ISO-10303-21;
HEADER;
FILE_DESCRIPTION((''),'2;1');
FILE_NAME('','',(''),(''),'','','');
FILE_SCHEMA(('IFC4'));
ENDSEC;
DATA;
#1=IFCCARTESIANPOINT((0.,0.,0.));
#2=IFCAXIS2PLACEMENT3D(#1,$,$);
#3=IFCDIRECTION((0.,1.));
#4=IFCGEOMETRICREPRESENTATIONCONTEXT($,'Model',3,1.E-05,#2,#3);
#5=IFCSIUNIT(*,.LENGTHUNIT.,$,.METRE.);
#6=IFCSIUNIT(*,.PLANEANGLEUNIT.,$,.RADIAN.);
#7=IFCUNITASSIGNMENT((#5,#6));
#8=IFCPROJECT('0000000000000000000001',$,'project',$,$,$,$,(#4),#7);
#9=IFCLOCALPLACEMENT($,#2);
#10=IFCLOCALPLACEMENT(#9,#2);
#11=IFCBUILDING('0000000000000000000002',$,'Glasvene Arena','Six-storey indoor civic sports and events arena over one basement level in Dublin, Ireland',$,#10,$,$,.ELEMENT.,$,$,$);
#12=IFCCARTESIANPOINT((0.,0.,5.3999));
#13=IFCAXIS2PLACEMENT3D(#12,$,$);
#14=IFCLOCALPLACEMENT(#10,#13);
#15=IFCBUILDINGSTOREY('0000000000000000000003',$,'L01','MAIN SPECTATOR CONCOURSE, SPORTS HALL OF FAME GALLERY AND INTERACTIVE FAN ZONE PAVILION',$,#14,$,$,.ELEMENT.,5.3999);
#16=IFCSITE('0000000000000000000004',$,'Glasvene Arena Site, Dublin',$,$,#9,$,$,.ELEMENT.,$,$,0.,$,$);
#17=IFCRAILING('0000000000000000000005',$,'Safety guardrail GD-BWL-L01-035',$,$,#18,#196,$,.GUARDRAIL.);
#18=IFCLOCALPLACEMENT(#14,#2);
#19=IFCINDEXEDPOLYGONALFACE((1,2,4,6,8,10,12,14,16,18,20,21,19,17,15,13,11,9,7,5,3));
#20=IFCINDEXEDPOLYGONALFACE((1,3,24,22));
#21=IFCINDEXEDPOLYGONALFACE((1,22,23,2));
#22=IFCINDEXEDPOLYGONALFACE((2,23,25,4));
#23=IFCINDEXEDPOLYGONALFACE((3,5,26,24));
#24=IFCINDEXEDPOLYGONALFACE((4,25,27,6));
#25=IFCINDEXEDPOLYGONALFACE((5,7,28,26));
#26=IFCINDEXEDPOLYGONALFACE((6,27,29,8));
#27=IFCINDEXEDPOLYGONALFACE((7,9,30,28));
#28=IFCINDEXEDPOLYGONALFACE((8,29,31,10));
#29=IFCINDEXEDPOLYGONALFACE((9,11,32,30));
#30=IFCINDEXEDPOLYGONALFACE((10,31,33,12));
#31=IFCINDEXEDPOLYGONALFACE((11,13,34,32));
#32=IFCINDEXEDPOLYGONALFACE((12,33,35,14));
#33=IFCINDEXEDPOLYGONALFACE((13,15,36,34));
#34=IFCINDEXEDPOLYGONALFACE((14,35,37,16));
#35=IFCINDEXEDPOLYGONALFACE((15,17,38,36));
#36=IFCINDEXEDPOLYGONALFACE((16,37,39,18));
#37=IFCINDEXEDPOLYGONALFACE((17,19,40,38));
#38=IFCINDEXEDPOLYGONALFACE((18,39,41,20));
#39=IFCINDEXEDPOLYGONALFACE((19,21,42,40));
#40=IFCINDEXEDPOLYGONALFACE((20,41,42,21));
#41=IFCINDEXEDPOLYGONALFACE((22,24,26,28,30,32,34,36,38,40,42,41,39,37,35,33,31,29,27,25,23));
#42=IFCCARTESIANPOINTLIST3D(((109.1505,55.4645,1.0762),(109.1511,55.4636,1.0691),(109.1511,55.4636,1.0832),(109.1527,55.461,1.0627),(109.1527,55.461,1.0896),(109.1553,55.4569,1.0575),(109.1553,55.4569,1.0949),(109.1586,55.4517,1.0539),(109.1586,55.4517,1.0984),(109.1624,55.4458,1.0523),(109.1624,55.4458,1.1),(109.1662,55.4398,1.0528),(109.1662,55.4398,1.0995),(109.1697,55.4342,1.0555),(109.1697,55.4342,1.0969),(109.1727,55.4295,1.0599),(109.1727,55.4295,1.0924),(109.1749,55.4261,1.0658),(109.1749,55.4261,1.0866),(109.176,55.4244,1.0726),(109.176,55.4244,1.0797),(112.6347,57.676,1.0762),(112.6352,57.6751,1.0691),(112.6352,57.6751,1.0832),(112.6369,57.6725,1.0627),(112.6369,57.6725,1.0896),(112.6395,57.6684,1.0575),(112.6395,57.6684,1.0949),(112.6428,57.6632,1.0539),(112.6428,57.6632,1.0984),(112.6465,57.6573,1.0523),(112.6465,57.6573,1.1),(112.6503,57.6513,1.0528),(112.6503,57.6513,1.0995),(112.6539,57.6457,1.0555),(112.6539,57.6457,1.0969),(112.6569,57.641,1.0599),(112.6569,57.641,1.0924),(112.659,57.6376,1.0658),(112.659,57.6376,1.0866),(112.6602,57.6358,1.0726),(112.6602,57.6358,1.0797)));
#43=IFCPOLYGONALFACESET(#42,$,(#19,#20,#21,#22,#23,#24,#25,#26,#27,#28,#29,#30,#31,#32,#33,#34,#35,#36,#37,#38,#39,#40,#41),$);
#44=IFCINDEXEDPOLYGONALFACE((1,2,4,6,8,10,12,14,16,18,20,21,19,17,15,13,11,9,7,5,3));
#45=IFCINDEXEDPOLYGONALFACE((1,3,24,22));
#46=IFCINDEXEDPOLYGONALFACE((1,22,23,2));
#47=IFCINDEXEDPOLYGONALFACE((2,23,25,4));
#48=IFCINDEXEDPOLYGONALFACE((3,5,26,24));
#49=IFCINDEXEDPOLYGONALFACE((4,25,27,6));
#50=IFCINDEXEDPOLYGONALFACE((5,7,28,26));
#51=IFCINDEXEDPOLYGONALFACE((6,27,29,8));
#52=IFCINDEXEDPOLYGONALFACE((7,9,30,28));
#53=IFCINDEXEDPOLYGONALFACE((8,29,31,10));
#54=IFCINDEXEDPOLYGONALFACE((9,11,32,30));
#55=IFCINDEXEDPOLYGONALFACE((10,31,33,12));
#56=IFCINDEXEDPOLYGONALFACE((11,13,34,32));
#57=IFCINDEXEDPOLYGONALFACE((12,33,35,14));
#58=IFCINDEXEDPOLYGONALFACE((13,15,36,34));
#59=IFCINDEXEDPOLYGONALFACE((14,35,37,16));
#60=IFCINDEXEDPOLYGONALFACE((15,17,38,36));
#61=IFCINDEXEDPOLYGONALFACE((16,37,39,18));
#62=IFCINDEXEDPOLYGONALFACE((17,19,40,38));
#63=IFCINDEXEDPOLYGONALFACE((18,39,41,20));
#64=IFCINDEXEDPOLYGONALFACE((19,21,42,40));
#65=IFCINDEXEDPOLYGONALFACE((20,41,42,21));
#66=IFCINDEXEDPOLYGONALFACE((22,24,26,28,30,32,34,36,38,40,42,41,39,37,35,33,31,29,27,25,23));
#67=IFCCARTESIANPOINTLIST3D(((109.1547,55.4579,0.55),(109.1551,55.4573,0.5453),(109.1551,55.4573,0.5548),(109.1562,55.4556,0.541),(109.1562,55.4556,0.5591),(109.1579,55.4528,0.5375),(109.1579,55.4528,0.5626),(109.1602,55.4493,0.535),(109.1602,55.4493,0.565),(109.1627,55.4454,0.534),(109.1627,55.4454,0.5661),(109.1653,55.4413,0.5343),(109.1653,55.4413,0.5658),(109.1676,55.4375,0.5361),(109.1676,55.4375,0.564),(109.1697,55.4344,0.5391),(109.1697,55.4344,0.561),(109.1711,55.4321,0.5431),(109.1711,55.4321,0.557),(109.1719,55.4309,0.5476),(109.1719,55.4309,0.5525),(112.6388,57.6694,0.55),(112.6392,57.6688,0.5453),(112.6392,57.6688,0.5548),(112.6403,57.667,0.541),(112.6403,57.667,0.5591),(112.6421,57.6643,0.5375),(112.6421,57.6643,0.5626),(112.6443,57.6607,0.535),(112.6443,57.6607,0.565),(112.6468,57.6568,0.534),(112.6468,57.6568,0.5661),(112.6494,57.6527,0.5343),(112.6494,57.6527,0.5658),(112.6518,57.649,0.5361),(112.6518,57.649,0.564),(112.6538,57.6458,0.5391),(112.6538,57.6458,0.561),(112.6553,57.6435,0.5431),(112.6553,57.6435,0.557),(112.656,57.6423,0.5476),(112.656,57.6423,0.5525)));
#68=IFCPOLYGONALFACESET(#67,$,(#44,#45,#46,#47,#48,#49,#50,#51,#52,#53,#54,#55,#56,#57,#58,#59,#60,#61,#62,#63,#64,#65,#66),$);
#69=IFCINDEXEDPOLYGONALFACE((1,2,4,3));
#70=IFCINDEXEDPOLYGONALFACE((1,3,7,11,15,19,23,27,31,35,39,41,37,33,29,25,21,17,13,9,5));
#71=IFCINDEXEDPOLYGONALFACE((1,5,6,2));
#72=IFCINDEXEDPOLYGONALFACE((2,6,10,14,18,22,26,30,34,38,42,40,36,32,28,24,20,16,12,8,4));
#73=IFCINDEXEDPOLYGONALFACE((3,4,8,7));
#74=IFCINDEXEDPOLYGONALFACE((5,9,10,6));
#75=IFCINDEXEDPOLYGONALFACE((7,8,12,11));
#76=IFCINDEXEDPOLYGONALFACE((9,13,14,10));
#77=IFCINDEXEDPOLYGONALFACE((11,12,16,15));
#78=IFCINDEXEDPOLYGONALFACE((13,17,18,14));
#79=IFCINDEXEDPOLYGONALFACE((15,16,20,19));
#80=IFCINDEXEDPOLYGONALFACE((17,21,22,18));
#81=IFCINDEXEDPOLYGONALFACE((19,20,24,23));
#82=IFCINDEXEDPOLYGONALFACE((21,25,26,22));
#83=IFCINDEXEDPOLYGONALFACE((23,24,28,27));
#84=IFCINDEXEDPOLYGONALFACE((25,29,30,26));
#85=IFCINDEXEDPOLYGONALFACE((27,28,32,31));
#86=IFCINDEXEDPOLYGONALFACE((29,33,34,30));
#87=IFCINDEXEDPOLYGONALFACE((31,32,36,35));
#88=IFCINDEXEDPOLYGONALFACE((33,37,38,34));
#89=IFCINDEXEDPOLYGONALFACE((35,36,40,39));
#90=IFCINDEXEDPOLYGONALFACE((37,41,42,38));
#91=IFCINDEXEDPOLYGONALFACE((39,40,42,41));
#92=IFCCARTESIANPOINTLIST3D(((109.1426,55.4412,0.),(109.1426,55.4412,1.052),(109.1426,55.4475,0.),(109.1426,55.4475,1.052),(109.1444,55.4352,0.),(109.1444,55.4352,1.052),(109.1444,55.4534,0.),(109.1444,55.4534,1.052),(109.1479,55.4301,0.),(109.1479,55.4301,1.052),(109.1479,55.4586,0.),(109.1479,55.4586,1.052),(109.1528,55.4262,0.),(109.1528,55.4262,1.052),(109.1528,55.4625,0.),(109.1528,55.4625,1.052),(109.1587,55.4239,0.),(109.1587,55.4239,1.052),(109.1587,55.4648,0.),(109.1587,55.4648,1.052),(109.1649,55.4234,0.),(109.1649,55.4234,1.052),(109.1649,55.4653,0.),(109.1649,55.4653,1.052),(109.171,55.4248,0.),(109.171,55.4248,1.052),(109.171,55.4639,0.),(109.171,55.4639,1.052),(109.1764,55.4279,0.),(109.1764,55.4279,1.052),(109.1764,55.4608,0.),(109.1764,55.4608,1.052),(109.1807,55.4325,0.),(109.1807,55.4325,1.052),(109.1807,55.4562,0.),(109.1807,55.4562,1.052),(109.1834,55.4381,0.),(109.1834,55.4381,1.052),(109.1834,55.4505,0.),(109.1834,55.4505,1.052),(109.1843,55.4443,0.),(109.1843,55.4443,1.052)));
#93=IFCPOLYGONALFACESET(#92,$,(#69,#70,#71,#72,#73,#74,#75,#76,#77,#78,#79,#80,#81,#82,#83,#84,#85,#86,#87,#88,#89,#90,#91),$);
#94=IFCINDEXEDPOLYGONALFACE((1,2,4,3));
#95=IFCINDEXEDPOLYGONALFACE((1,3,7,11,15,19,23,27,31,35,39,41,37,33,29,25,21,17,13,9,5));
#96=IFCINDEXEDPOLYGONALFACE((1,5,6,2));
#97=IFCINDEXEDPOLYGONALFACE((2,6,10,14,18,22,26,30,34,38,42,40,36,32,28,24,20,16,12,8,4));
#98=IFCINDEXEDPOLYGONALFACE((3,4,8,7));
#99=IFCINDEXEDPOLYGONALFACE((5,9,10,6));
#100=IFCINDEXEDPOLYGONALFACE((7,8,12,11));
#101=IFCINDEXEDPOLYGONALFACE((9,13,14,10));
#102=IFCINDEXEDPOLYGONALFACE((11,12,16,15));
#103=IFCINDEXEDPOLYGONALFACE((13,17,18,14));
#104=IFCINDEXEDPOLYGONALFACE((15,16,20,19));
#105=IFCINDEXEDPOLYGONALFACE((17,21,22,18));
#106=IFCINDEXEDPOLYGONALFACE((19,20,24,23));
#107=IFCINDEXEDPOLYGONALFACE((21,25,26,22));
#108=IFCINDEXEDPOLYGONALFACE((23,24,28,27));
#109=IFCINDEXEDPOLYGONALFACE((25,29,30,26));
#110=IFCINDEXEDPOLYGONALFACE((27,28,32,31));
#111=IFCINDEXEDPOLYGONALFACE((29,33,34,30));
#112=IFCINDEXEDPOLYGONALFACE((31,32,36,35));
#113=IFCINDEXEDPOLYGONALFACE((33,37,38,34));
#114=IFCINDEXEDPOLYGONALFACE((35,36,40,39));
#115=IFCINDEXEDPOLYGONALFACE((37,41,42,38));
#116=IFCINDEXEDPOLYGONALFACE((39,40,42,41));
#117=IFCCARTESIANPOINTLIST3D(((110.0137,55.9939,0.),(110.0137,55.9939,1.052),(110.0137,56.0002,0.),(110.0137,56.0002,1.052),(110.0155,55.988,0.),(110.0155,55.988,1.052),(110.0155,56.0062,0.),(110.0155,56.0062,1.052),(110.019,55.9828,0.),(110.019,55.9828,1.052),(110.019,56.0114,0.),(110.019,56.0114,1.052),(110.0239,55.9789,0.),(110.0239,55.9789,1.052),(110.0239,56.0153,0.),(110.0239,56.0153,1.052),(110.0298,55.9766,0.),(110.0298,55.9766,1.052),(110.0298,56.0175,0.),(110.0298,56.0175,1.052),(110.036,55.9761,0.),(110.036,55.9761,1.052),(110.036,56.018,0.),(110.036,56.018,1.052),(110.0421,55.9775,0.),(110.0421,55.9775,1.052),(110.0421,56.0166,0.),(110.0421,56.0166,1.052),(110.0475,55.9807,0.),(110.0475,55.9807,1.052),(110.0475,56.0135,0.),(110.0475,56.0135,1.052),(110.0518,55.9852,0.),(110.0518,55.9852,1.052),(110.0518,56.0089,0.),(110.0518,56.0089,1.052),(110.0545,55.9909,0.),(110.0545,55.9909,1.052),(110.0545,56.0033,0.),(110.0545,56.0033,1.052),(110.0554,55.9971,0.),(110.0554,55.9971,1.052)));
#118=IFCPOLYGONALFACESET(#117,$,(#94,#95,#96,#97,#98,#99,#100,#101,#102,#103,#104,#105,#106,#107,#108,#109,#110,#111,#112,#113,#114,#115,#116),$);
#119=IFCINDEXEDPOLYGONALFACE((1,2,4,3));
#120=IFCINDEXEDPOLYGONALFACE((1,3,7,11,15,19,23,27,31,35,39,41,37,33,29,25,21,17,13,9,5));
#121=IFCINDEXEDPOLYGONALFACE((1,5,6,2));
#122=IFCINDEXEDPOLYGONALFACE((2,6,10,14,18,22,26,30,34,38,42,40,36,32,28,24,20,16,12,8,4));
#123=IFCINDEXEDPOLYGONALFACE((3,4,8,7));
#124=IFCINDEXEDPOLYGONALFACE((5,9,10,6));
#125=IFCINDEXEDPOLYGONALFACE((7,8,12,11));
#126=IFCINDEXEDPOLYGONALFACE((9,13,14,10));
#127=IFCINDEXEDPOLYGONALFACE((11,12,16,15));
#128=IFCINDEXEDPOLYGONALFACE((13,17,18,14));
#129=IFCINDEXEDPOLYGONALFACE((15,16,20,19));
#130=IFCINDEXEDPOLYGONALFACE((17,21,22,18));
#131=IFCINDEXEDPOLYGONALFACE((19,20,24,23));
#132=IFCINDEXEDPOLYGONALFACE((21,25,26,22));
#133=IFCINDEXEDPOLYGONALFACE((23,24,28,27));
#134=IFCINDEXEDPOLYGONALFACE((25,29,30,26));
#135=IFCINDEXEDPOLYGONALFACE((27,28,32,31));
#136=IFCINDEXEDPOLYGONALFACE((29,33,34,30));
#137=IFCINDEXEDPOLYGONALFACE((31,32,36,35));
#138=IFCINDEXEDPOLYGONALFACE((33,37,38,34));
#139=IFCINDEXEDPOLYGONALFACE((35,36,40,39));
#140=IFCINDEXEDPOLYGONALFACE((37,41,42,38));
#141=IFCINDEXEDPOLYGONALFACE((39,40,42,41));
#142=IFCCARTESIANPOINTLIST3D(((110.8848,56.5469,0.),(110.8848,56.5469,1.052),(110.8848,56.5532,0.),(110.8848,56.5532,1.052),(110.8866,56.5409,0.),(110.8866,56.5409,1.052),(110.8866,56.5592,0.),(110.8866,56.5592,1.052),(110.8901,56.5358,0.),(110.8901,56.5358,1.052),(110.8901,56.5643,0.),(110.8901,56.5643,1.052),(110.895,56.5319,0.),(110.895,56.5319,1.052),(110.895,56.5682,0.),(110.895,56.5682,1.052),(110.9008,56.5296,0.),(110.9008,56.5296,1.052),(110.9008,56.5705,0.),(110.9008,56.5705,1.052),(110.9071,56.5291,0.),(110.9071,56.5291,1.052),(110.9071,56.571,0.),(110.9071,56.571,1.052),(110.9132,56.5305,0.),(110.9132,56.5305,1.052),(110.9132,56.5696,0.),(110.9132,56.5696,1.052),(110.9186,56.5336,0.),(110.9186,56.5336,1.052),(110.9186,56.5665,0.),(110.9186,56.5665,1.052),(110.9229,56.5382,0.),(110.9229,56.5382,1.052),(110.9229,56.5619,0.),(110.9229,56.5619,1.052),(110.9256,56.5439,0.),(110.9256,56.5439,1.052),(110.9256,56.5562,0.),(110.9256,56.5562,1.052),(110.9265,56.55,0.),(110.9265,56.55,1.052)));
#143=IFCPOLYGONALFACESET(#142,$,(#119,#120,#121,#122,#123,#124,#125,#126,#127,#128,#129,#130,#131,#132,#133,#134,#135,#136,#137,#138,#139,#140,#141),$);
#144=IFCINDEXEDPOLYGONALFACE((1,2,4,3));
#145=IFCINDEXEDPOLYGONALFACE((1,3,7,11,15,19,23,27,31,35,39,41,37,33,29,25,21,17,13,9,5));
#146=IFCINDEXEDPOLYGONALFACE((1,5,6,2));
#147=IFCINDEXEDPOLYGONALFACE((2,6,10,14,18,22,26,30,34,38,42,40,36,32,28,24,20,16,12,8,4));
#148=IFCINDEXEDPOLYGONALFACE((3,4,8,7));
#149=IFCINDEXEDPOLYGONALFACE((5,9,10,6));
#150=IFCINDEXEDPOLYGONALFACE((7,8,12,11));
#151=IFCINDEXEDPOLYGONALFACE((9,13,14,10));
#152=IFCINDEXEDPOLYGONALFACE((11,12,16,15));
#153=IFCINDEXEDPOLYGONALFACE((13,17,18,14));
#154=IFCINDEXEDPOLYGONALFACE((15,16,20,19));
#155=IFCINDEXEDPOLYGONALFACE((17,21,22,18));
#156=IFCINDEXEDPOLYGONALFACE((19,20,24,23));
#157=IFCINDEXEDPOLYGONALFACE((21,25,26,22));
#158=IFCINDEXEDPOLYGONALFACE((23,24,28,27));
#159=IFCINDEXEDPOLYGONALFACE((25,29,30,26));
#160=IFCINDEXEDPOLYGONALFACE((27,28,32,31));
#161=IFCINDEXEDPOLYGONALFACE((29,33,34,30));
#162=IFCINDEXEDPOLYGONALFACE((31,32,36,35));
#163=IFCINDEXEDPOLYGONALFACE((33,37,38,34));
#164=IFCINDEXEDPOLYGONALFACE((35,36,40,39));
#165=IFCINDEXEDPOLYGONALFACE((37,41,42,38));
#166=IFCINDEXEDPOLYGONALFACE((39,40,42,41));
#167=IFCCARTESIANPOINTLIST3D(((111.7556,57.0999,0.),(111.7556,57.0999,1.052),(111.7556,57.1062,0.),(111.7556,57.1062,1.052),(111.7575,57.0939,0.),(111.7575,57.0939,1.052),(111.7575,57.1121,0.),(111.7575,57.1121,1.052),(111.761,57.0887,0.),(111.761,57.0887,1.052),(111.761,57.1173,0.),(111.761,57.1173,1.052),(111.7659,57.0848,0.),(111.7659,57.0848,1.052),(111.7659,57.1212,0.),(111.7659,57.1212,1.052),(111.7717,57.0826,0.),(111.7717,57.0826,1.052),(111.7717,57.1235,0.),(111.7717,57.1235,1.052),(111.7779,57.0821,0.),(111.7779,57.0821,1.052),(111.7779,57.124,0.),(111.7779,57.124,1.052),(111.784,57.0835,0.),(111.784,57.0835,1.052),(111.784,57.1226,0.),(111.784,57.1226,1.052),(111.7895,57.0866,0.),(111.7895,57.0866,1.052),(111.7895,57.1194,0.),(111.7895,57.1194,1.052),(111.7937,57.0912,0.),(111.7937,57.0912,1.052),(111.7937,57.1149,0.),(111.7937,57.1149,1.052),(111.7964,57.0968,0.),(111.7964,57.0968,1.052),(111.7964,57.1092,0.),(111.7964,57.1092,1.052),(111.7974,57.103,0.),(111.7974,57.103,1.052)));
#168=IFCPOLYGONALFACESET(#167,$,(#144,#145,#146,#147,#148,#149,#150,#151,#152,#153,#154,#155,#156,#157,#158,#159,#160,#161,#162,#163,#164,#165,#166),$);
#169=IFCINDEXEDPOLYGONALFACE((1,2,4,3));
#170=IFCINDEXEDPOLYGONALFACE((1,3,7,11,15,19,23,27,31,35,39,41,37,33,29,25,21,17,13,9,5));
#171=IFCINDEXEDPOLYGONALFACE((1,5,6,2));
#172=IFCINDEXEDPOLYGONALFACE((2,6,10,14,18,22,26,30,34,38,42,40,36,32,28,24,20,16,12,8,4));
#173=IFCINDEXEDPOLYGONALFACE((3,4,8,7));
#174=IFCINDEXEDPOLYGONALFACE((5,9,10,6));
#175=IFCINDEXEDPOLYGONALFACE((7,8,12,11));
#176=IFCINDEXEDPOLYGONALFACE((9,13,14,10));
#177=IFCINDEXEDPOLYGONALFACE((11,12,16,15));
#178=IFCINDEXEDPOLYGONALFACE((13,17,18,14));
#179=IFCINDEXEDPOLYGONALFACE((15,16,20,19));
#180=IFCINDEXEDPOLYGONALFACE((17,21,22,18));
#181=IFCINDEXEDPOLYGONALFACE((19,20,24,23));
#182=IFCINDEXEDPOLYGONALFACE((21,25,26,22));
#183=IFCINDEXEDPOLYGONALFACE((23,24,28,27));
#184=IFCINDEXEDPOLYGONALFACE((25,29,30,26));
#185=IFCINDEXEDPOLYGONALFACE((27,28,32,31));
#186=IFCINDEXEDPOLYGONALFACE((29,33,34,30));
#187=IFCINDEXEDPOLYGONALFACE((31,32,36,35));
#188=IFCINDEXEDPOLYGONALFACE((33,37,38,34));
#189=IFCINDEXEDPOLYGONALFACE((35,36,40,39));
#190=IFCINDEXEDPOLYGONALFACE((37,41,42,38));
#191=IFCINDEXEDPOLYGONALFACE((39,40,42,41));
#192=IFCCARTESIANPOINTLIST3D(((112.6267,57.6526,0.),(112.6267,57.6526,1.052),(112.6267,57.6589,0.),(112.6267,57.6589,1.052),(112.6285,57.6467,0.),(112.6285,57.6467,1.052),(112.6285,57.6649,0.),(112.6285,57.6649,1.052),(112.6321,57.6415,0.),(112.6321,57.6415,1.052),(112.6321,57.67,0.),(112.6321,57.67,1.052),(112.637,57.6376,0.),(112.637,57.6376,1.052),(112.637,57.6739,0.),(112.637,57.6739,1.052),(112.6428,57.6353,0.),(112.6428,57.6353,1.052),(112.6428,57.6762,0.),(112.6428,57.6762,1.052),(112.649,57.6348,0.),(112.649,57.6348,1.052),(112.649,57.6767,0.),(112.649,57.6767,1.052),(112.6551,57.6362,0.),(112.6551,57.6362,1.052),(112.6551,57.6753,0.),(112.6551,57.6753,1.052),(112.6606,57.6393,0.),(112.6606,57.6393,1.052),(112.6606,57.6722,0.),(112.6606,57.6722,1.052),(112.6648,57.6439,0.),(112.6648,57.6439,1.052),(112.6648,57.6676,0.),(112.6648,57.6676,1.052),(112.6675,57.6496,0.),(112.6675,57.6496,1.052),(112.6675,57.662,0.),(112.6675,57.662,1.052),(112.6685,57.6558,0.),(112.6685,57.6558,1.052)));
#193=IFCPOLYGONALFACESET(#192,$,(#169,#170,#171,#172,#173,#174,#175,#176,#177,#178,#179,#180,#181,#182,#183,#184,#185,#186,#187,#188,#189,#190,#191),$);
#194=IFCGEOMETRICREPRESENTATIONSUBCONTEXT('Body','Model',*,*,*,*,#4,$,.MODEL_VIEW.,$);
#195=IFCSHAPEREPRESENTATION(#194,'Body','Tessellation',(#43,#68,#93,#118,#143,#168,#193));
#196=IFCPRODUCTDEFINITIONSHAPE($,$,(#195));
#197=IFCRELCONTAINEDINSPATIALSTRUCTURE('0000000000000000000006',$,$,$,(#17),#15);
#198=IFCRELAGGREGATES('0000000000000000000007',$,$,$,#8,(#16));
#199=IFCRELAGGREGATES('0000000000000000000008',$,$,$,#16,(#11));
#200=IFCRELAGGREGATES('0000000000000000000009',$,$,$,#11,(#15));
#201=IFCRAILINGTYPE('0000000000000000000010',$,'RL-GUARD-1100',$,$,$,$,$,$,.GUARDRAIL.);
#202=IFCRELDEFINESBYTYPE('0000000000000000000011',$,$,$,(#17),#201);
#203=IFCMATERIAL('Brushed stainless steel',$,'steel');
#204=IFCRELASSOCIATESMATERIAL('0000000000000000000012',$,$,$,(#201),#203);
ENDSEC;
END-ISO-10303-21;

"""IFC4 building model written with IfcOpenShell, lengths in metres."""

from ifc_helpers import new_model, si_unit, direction, frame, origin, origin_2d, place, context, subcontext, project, spatial, circle, extrude, material, type_object, element, save


model = new_model("IFC4")

# Units and contexts
model_context = context("Model", 3, precision=1e-05, world=origin(), true_north=direction((0.0, 1.0)))
body_context = subcontext(model_context, "Body", "Model", "MODEL_VIEW")
ifc_project = project(units=[si_unit("LENGTHUNIT", "METRE"), si_unit("PLANEANGLEUNIT", "RADIAN")], contexts=[model_context])

# Site, building, storey
site_placement = place(None, origin())
site = spatial("IfcSite", under=ifc_project, at=site_placement, Name="Glasvene Arena Site, Dublin", CompositionType="ELEMENT", RefElevation=0.0)
building_placement = place(site_placement, origin())
building = spatial("IfcBuilding", under=site, at=building_placement, Name="Glasvene Arena", Description="Six-storey indoor civic sports and events arena over one basement level in Dublin, Ireland", CompositionType="ELEMENT")
storey_placement = place(building_placement, frame((0.0, 0.0, 5.3999)))
storey = spatial("IfcBuildingStorey", under=building, at=storey_placement, Name="L01", Description="MAIN SPECTATOR CONCOURSE, SPORTS HALL OF FAME GALLERY AND INTERACTIVE FAN ZONE PAVILION", CompositionType="ELEMENT", Elevation=5.3999)

# Railing
ifc_material_1 = material(Name="Brushed stainless steel", Category="steel")
railing_type = type_object("IfcRailingType", Name="RL-GUARD-1100", PredefinedType="GUARDRAIL", material=ifc_material_1)
railing_1_placement = place(storey_placement, frame((109.1633, 55.4443, 0.0)))
element("IfcRailing", 1, at=railing_1_placement, inside=storey, type_object=railing_type, Name="Safety guardrail GD-BWL-L01-035", PredefinedType="GUARDRAIL", context=body_context, shape_type="SweptSolid", body=[
    extrude(circle(Radius=0.0239, at=origin_2d()), frame((0.0, 0.0, 1.0762), z_axis=(0.844292, 0.535884, 0.0), x_axis=(-0.535884, 0.844292, 0.0)), (0.0, 0.0, 1.0), 4.1267),
    extrude(circle(Radius=0.0161, at=origin_2d()), frame((0.0, 0.0, 0.55), z_axis=(0.844292, 0.535884, 0.0), x_axis=(-0.535884, 0.844292, 0.0)), (0.0, 0.0, 1.0), 4.1267),
    extrude(circle(Radius=0.021, at=origin_2d()), origin(), (0.0, 0.0, 1.0), 1.052),
    extrude(circle(Radius=0.021, at=origin_2d()), frame((0.8711, 0.5527, 0.0)), (0.0, 0.0, 1.0), 1.052),
    extrude(circle(Radius=0.021, at=origin_2d()), frame((1.7422, 1.1057, 0.0)), (0.0, 0.0, 1.0), 1.052),
    extrude(circle(Radius=0.021, at=origin_2d()), frame((2.613, 1.6587, 0.0)), (0.0, 0.0, 1.0), 1.052),
    extrude(circle(Radius=0.021, at=origin_2d()), frame((3.4841, 2.2114, 0.0)), (0.0, 0.0, 1.0), 1.052),
])

save(model, "model.ifc")
